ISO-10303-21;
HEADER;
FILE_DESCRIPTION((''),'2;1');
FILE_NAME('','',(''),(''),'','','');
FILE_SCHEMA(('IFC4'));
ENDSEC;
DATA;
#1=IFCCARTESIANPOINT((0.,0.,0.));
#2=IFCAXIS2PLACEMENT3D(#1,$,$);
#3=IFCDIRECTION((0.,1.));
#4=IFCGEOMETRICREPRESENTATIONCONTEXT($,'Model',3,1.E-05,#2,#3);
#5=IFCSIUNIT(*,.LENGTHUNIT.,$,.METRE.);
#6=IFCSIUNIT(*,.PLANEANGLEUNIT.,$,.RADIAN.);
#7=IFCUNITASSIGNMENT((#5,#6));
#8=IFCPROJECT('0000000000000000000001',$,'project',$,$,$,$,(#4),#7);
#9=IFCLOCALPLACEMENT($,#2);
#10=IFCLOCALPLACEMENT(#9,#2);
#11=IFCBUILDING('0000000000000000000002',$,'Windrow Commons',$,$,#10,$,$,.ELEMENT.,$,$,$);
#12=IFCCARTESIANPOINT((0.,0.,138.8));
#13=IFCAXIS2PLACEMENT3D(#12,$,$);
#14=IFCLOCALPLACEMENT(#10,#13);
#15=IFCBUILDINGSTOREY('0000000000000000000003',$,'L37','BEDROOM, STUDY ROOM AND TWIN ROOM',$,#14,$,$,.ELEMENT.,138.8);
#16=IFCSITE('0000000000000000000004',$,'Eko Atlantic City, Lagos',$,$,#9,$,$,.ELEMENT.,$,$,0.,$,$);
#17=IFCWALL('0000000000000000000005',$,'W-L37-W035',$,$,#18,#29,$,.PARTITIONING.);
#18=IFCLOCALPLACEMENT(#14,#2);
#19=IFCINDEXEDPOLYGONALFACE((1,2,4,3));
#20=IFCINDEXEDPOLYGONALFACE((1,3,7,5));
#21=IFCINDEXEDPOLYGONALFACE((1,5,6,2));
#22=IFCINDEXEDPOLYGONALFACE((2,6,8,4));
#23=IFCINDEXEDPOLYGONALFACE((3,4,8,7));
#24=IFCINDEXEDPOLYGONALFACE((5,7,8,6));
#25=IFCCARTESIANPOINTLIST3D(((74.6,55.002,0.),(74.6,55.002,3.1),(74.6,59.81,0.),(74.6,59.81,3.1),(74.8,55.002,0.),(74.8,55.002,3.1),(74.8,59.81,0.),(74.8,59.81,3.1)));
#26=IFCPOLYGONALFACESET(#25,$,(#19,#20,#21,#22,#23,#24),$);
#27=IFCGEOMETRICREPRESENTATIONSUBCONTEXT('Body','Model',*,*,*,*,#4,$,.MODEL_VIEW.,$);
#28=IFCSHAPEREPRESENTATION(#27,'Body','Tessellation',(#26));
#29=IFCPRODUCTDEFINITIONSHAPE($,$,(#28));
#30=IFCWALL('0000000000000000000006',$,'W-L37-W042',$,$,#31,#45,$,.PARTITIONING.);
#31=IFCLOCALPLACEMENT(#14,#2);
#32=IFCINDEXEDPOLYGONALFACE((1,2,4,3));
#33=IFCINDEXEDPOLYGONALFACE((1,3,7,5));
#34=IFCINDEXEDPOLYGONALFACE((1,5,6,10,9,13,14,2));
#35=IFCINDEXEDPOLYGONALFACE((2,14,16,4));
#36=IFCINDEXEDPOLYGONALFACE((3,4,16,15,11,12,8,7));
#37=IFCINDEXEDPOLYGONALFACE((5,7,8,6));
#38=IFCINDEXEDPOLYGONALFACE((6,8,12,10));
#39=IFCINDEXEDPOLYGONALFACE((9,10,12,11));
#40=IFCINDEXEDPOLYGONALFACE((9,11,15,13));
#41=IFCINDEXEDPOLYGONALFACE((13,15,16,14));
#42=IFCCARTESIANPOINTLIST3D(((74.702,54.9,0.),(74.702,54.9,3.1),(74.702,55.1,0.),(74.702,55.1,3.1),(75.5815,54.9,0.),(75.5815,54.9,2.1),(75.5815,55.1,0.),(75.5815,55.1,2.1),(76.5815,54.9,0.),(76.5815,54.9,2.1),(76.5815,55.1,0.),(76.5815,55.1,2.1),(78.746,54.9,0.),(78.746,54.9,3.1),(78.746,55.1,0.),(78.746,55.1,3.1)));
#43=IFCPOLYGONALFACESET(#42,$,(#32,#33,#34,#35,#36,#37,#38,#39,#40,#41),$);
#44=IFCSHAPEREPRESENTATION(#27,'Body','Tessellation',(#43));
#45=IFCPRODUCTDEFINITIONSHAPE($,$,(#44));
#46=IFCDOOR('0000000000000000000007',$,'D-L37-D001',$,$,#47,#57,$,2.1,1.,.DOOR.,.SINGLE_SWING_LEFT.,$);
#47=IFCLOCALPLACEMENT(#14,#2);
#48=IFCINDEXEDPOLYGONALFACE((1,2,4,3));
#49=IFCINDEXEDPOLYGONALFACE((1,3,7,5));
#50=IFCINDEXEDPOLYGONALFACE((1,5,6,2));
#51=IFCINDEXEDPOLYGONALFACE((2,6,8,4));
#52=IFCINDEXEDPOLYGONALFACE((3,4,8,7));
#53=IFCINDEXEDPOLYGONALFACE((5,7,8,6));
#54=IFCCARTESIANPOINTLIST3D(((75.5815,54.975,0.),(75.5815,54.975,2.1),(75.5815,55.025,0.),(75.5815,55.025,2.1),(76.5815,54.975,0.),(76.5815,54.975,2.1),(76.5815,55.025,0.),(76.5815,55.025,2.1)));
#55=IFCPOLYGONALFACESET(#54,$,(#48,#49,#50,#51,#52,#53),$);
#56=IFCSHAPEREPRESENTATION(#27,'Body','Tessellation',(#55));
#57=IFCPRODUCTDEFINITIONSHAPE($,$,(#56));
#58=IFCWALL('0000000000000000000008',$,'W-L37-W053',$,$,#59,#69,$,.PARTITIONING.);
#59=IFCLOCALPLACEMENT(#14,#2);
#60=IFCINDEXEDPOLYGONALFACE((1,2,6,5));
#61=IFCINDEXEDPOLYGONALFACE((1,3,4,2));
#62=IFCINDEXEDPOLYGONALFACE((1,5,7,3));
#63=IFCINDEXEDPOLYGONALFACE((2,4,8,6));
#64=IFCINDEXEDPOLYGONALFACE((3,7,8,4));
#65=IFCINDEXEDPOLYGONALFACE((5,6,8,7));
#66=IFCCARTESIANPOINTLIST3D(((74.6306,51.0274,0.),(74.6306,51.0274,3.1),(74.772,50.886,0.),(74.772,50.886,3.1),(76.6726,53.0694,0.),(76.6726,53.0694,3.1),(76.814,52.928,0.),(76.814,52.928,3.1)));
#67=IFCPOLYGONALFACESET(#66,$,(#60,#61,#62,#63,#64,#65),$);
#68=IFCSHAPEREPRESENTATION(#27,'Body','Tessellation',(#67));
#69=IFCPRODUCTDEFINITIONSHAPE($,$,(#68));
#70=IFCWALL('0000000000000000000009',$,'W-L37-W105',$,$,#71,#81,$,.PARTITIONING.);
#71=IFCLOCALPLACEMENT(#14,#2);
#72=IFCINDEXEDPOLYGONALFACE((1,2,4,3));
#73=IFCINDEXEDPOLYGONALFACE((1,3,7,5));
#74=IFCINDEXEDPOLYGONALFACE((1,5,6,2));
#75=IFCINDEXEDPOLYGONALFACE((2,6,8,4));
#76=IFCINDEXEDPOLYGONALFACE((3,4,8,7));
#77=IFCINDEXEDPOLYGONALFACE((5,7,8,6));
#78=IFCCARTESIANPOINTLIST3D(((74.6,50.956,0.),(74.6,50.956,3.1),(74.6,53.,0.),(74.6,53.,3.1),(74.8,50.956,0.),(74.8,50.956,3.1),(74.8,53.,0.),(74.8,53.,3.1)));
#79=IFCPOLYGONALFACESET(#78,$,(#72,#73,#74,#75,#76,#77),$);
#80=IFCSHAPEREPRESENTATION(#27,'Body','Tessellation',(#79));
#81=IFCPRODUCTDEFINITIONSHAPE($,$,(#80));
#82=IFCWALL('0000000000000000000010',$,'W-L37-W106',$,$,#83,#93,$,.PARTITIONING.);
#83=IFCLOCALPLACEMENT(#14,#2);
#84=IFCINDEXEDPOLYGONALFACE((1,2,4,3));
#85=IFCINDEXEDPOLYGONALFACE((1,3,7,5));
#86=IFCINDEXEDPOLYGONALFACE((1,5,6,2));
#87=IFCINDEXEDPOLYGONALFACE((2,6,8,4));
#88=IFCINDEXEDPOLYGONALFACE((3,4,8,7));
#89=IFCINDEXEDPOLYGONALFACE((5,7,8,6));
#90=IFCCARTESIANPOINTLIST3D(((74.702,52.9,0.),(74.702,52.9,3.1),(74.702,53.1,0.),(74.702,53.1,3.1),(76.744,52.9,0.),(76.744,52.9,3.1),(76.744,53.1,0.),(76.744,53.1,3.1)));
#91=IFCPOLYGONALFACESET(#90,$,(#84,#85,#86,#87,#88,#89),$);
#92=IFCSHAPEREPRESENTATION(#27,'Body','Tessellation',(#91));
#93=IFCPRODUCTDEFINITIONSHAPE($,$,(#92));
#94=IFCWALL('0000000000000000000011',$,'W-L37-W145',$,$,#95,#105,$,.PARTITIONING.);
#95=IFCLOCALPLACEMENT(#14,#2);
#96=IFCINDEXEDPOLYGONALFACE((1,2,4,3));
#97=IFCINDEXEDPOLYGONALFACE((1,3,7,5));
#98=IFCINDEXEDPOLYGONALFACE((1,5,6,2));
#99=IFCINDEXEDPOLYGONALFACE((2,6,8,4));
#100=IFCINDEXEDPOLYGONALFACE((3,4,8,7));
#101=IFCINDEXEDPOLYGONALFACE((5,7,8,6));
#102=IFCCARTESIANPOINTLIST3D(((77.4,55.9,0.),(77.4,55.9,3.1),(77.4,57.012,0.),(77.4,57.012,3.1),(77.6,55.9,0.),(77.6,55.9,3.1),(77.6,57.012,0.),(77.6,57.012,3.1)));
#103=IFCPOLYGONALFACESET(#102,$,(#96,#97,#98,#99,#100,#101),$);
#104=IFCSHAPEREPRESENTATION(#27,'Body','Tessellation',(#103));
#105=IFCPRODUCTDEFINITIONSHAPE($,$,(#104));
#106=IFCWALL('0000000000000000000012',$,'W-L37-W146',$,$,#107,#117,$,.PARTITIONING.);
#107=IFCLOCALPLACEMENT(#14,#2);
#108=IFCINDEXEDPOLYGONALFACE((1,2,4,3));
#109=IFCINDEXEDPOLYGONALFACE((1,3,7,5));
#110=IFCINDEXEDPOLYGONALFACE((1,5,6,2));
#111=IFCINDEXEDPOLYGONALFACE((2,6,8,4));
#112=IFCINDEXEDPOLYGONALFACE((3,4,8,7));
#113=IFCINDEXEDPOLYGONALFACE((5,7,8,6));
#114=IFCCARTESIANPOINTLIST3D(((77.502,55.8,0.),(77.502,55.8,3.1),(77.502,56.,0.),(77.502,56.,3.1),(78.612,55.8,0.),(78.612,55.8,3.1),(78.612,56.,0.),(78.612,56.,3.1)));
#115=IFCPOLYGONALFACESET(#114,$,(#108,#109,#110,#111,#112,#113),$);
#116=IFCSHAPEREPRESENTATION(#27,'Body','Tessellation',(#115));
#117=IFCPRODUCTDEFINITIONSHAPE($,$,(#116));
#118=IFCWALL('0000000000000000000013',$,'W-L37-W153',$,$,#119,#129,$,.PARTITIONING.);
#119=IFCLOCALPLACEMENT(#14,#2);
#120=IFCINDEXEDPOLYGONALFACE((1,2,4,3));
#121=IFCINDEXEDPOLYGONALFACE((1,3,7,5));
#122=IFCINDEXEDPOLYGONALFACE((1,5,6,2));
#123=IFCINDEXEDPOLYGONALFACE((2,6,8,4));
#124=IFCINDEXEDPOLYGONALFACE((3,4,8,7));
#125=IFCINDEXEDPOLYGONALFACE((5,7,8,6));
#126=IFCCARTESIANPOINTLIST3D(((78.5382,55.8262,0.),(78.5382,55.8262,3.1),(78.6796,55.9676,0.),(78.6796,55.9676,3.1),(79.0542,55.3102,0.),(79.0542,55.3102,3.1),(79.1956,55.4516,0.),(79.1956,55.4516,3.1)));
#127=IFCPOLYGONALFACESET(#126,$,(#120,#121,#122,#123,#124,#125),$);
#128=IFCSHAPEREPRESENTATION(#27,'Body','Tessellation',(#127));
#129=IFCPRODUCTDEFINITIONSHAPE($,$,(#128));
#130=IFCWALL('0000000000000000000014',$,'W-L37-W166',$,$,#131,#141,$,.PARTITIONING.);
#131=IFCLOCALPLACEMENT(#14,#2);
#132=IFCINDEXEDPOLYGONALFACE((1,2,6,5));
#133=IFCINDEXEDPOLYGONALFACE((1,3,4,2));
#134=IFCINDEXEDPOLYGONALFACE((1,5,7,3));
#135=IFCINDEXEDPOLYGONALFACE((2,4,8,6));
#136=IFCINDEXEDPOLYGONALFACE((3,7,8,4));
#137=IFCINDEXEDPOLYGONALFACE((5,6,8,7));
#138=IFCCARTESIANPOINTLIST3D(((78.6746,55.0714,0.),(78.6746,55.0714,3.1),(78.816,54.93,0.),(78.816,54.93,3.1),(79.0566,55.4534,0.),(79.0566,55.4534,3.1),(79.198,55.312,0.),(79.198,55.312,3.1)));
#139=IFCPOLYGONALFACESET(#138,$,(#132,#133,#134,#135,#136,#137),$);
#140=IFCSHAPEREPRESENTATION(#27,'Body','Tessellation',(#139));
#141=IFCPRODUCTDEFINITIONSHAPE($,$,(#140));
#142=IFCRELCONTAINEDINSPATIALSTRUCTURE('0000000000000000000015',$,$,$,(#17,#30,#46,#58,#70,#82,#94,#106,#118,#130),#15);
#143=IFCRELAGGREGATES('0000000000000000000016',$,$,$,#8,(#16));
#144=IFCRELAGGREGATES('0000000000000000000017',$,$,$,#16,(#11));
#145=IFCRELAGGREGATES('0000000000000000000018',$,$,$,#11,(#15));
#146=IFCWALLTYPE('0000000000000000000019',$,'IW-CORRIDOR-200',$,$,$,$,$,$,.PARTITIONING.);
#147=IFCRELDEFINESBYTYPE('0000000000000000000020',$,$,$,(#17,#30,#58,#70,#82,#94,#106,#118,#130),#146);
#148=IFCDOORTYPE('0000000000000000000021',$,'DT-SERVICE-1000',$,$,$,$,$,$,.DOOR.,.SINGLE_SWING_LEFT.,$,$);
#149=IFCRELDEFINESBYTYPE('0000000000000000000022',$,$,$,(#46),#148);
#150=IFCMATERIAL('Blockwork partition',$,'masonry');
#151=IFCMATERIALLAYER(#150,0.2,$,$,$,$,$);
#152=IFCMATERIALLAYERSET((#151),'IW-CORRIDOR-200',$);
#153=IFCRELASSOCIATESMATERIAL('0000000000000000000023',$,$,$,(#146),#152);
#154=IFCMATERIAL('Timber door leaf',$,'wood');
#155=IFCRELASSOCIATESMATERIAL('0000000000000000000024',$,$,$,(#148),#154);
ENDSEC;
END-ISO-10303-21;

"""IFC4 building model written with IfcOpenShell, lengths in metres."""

from ifc_helpers import new_model, si_unit, direction, frame, frame_2d, origin, place, context, subcontext, project, spatial, rectangle, extrude, material, layer, layer_set, type_object, element, fill, save


model = new_model("IFC4")

# Units and contexts
model_context = context("Model", 3, precision=1e-05, world=origin(), true_north=direction((0.0, 1.0)))
body_context = subcontext(model_context, "Body", "Model", "MODEL_VIEW")
ifc_project = project(units=[si_unit("LENGTHUNIT", "METRE"), si_unit("PLANEANGLEUNIT", "RADIAN")], contexts=[model_context])

# Site, building, storey
site_placement = place(None, origin())
site = spatial("IfcSite", under=ifc_project, at=site_placement, Name="Eko Atlantic City, Lagos", CompositionType="ELEMENT", RefElevation=0.0)
building_placement = place(site_placement, origin())
building = spatial("IfcBuilding", under=site, at=building_placement, Name="Windrow Commons", CompositionType="ELEMENT")
storey_placement = place(building_placement, frame((0.0, 0.0, 138.8)))
storey = spatial("IfcBuildingStorey", under=building, at=storey_placement, Name="L37", Description="BEDROOM, STUDY ROOM AND TWIN ROOM", CompositionType="ELEMENT", Elevation=138.8)

# Wall
ifc_material_1 = material(Name="Blockwork partition", Category="masonry")
ifc_layer_1 = layer(ifc_material_1, 0.2)
ifc_layer_set_1 = layer_set([ifc_layer_1], Name="IW-CORRIDOR-200")
wall_type_1 = type_object("IfcWallType", Name="IW-CORRIDOR-200", PredefinedType="PARTITIONING", material=ifc_layer_set_1)
wall_1_placement = place(storey_placement, frame((74.7, 55.002, 0.0), z_axis=(0.0, 0.0, 1.0), x_axis=(0.0, 1.0, 0.0)))
element("IfcWall", 1, at=wall_1_placement, inside=storey, type_object=wall_type_1, Name="W-L37-W035", PredefinedType="PARTITIONING", context=body_context, shape_type="SweptSolid", body=[
    extrude(rectangle(XDim=4.808, YDim=0.2, at=frame_2d((2.404, 0.0))), origin(), (0.0, 0.0, 1.0), 3.1),
])

# Wall, opening, door
wall_2_placement = place(storey_placement, frame((74.702, 55.0, 0.0), z_axis=(0.0, 0.0, 1.0), x_axis=(1.0, 0.0, 0.0)))
wall_2 = element("IfcWall", 2, at=wall_2_placement, inside=storey, type_object=wall_type_1, Name="W-L37-W042", PredefinedType="PARTITIONING", context=body_context, shape_type="SweptSolid", body=[
    extrude(rectangle(XDim=4.044, YDim=0.2, at=frame_2d((2.022, 0.0))), origin(), (0.0, 0.0, 1.0), 3.1),
])
opening_1_placement = place(wall_2_placement, frame((0.8795, 0.0, 0.0)))
opening_1 = element("IfcOpeningElement", 3, at=opening_1_placement, cuts=wall_2, PredefinedType="OPENING", context=body_context, shape_type="SweptSolid", body=[
    extrude(rectangle(XDim=1.0, YDim=2.1, at=frame_2d((0.5, 1.05))), frame((0.0, 0.11, 0.0), z_axis=(0.0, -1.0, 0.0), x_axis=(1.0, 0.0, 0.0)), (0.0, 0.0, 1.0), 0.22),
])
ifc_material_2 = material(Name="Timber door leaf", Category="wood")
door_type_1 = type_object("IfcDoorType", Name="DT-SERVICE-1000", OperationType="SINGLE_SWING_LEFT", PredefinedType="DOOR", material=ifc_material_2)
door_1_placement = place(opening_1_placement, origin())
door_1 = element("IfcDoor", 4, at=door_1_placement, inside=storey, type_object=door_type_1, Name="D-L37-D001", OperationType="SINGLE_SWING_LEFT", OverallHeight=2.1, OverallWidth=1.0, PredefinedType="DOOR", context=body_context, shape_type="SweptSolid", body=[
    extrude(rectangle(XDim=1.0, YDim=2.1, at=frame_2d((0.5, 1.05))), frame((0.0, 0.025, 0.0), z_axis=(0.0, -1.0, 0.0), x_axis=(1.0, 0.0, 0.0)), (0.0, 0.0, 1.0), 0.05),
])
fill(opening_1, door_1)

# Walls
wall_3_placement = place(storey_placement, frame((74.7013, 50.9567, 0.0), z_axis=(0.0, 0.0, 1.0), x_axis=(0.707107, 0.707107, 0.0)))
element("IfcWall", 5, at=wall_3_placement, inside=storey, type_object=wall_type_1, Name="W-L37-W053", PredefinedType="PARTITIONING", context=body_context, shape_type="SweptSolid", body=[
    extrude(rectangle(XDim=2.8878, YDim=0.2, at=frame_2d((1.4439, 0.0))), origin(), (0.0, 0.0, 1.0), 3.1),
])
wall_4_placement = place(storey_placement, frame((74.7, 50.956, 0.0), z_axis=(0.0, 0.0, 1.0), x_axis=(0.0, 1.0, 0.0)))
element("IfcWall", 6, at=wall_4_placement, inside=storey, type_object=wall_type_1, Name="W-L37-W105", PredefinedType="PARTITIONING", context=body_context, shape_type="SweptSolid", body=[
    extrude(rectangle(XDim=2.044, YDim=0.2, at=frame_2d((1.022, 0.0))), origin(), (0.0, 0.0, 1.0), 3.1),
])
wall_5_placement = place(storey_placement, frame((74.702, 53.0, 0.0), z_axis=(0.0, 0.0, 1.0), x_axis=(1.0, 0.0, 0.0)))
element("IfcWall", 7, at=wall_5_placement, inside=storey, type_object=wall_type_1, Name="W-L37-W106", PredefinedType="PARTITIONING", context=body_context, shape_type="SweptSolid", body=[
    extrude(rectangle(XDim=2.042, YDim=0.2, at=frame_2d((1.021, 0.0))), origin(), (0.0, 0.0, 1.0), 3.1),
])
wall_6_placement = place(storey_placement, frame((77.5, 55.9, 0.0), z_axis=(0.0, 0.0, 1.0), x_axis=(0.0, 1.0, 0.0)))
element("IfcWall", 8, at=wall_6_placement, inside=storey, type_object=wall_type_1, Name="W-L37-W145", PredefinedType="PARTITIONING", context=body_context, shape_type="SweptSolid", body=[
    extrude(rectangle(XDim=1.112, YDim=0.2, at=frame_2d((0.556, 0.0))), origin(), (0.0, 0.0, 1.0), 3.1),
])
wall_7_placement = place(storey_placement, frame((77.502, 55.9, 0.0), z_axis=(0.0, 0.0, 1.0), x_axis=(1.0, 0.0, 0.0)))
element("IfcWall", 9, at=wall_7_placement, inside=storey, type_object=wall_type_1, Name="W-L37-W146", PredefinedType="PARTITIONING", context=body_context, shape_type="SweptSolid", body=[
    extrude(rectangle(XDim=1.11, YDim=0.2, at=frame_2d((0.555, 0.0))), origin(), (0.0, 0.0, 1.0), 3.1),
])
wall_8_placement = place(storey_placement, frame((78.6089, 55.8969, 0.0), z_axis=(0.0, 0.0, 1.0), x_axis=(0.707107, -0.707107, 0.0)))
element("IfcWall", 10, at=wall_8_placement, inside=storey, type_object=wall_type_1, Name="W-L37-W153", PredefinedType="PARTITIONING", context=body_context, shape_type="SweptSolid", body=[
    extrude(rectangle(XDim=0.7297, YDim=0.2, at=frame_2d((0.3649, 0.0))), origin(), (0.0, 0.0, 1.0), 3.1),
])
wall_9_placement = place(storey_placement, frame((78.7453, 55.0007, 0.0), z_axis=(0.0, 0.0, 1.0), x_axis=(0.707107, 0.707107, 0.0)))
element("IfcWall", 11, at=wall_9_placement, inside=storey, type_object=wall_type_1, Name="W-L37-W166", PredefinedType="PARTITIONING", context=body_context, shape_type="SweptSolid", body=[
    extrude(rectangle(XDim=0.5402, YDim=0.2, at=frame_2d((0.2701, 0.0))), origin(), (0.0, 0.0, 1.0), 3.1),
])

save(model, "model.ifc")
